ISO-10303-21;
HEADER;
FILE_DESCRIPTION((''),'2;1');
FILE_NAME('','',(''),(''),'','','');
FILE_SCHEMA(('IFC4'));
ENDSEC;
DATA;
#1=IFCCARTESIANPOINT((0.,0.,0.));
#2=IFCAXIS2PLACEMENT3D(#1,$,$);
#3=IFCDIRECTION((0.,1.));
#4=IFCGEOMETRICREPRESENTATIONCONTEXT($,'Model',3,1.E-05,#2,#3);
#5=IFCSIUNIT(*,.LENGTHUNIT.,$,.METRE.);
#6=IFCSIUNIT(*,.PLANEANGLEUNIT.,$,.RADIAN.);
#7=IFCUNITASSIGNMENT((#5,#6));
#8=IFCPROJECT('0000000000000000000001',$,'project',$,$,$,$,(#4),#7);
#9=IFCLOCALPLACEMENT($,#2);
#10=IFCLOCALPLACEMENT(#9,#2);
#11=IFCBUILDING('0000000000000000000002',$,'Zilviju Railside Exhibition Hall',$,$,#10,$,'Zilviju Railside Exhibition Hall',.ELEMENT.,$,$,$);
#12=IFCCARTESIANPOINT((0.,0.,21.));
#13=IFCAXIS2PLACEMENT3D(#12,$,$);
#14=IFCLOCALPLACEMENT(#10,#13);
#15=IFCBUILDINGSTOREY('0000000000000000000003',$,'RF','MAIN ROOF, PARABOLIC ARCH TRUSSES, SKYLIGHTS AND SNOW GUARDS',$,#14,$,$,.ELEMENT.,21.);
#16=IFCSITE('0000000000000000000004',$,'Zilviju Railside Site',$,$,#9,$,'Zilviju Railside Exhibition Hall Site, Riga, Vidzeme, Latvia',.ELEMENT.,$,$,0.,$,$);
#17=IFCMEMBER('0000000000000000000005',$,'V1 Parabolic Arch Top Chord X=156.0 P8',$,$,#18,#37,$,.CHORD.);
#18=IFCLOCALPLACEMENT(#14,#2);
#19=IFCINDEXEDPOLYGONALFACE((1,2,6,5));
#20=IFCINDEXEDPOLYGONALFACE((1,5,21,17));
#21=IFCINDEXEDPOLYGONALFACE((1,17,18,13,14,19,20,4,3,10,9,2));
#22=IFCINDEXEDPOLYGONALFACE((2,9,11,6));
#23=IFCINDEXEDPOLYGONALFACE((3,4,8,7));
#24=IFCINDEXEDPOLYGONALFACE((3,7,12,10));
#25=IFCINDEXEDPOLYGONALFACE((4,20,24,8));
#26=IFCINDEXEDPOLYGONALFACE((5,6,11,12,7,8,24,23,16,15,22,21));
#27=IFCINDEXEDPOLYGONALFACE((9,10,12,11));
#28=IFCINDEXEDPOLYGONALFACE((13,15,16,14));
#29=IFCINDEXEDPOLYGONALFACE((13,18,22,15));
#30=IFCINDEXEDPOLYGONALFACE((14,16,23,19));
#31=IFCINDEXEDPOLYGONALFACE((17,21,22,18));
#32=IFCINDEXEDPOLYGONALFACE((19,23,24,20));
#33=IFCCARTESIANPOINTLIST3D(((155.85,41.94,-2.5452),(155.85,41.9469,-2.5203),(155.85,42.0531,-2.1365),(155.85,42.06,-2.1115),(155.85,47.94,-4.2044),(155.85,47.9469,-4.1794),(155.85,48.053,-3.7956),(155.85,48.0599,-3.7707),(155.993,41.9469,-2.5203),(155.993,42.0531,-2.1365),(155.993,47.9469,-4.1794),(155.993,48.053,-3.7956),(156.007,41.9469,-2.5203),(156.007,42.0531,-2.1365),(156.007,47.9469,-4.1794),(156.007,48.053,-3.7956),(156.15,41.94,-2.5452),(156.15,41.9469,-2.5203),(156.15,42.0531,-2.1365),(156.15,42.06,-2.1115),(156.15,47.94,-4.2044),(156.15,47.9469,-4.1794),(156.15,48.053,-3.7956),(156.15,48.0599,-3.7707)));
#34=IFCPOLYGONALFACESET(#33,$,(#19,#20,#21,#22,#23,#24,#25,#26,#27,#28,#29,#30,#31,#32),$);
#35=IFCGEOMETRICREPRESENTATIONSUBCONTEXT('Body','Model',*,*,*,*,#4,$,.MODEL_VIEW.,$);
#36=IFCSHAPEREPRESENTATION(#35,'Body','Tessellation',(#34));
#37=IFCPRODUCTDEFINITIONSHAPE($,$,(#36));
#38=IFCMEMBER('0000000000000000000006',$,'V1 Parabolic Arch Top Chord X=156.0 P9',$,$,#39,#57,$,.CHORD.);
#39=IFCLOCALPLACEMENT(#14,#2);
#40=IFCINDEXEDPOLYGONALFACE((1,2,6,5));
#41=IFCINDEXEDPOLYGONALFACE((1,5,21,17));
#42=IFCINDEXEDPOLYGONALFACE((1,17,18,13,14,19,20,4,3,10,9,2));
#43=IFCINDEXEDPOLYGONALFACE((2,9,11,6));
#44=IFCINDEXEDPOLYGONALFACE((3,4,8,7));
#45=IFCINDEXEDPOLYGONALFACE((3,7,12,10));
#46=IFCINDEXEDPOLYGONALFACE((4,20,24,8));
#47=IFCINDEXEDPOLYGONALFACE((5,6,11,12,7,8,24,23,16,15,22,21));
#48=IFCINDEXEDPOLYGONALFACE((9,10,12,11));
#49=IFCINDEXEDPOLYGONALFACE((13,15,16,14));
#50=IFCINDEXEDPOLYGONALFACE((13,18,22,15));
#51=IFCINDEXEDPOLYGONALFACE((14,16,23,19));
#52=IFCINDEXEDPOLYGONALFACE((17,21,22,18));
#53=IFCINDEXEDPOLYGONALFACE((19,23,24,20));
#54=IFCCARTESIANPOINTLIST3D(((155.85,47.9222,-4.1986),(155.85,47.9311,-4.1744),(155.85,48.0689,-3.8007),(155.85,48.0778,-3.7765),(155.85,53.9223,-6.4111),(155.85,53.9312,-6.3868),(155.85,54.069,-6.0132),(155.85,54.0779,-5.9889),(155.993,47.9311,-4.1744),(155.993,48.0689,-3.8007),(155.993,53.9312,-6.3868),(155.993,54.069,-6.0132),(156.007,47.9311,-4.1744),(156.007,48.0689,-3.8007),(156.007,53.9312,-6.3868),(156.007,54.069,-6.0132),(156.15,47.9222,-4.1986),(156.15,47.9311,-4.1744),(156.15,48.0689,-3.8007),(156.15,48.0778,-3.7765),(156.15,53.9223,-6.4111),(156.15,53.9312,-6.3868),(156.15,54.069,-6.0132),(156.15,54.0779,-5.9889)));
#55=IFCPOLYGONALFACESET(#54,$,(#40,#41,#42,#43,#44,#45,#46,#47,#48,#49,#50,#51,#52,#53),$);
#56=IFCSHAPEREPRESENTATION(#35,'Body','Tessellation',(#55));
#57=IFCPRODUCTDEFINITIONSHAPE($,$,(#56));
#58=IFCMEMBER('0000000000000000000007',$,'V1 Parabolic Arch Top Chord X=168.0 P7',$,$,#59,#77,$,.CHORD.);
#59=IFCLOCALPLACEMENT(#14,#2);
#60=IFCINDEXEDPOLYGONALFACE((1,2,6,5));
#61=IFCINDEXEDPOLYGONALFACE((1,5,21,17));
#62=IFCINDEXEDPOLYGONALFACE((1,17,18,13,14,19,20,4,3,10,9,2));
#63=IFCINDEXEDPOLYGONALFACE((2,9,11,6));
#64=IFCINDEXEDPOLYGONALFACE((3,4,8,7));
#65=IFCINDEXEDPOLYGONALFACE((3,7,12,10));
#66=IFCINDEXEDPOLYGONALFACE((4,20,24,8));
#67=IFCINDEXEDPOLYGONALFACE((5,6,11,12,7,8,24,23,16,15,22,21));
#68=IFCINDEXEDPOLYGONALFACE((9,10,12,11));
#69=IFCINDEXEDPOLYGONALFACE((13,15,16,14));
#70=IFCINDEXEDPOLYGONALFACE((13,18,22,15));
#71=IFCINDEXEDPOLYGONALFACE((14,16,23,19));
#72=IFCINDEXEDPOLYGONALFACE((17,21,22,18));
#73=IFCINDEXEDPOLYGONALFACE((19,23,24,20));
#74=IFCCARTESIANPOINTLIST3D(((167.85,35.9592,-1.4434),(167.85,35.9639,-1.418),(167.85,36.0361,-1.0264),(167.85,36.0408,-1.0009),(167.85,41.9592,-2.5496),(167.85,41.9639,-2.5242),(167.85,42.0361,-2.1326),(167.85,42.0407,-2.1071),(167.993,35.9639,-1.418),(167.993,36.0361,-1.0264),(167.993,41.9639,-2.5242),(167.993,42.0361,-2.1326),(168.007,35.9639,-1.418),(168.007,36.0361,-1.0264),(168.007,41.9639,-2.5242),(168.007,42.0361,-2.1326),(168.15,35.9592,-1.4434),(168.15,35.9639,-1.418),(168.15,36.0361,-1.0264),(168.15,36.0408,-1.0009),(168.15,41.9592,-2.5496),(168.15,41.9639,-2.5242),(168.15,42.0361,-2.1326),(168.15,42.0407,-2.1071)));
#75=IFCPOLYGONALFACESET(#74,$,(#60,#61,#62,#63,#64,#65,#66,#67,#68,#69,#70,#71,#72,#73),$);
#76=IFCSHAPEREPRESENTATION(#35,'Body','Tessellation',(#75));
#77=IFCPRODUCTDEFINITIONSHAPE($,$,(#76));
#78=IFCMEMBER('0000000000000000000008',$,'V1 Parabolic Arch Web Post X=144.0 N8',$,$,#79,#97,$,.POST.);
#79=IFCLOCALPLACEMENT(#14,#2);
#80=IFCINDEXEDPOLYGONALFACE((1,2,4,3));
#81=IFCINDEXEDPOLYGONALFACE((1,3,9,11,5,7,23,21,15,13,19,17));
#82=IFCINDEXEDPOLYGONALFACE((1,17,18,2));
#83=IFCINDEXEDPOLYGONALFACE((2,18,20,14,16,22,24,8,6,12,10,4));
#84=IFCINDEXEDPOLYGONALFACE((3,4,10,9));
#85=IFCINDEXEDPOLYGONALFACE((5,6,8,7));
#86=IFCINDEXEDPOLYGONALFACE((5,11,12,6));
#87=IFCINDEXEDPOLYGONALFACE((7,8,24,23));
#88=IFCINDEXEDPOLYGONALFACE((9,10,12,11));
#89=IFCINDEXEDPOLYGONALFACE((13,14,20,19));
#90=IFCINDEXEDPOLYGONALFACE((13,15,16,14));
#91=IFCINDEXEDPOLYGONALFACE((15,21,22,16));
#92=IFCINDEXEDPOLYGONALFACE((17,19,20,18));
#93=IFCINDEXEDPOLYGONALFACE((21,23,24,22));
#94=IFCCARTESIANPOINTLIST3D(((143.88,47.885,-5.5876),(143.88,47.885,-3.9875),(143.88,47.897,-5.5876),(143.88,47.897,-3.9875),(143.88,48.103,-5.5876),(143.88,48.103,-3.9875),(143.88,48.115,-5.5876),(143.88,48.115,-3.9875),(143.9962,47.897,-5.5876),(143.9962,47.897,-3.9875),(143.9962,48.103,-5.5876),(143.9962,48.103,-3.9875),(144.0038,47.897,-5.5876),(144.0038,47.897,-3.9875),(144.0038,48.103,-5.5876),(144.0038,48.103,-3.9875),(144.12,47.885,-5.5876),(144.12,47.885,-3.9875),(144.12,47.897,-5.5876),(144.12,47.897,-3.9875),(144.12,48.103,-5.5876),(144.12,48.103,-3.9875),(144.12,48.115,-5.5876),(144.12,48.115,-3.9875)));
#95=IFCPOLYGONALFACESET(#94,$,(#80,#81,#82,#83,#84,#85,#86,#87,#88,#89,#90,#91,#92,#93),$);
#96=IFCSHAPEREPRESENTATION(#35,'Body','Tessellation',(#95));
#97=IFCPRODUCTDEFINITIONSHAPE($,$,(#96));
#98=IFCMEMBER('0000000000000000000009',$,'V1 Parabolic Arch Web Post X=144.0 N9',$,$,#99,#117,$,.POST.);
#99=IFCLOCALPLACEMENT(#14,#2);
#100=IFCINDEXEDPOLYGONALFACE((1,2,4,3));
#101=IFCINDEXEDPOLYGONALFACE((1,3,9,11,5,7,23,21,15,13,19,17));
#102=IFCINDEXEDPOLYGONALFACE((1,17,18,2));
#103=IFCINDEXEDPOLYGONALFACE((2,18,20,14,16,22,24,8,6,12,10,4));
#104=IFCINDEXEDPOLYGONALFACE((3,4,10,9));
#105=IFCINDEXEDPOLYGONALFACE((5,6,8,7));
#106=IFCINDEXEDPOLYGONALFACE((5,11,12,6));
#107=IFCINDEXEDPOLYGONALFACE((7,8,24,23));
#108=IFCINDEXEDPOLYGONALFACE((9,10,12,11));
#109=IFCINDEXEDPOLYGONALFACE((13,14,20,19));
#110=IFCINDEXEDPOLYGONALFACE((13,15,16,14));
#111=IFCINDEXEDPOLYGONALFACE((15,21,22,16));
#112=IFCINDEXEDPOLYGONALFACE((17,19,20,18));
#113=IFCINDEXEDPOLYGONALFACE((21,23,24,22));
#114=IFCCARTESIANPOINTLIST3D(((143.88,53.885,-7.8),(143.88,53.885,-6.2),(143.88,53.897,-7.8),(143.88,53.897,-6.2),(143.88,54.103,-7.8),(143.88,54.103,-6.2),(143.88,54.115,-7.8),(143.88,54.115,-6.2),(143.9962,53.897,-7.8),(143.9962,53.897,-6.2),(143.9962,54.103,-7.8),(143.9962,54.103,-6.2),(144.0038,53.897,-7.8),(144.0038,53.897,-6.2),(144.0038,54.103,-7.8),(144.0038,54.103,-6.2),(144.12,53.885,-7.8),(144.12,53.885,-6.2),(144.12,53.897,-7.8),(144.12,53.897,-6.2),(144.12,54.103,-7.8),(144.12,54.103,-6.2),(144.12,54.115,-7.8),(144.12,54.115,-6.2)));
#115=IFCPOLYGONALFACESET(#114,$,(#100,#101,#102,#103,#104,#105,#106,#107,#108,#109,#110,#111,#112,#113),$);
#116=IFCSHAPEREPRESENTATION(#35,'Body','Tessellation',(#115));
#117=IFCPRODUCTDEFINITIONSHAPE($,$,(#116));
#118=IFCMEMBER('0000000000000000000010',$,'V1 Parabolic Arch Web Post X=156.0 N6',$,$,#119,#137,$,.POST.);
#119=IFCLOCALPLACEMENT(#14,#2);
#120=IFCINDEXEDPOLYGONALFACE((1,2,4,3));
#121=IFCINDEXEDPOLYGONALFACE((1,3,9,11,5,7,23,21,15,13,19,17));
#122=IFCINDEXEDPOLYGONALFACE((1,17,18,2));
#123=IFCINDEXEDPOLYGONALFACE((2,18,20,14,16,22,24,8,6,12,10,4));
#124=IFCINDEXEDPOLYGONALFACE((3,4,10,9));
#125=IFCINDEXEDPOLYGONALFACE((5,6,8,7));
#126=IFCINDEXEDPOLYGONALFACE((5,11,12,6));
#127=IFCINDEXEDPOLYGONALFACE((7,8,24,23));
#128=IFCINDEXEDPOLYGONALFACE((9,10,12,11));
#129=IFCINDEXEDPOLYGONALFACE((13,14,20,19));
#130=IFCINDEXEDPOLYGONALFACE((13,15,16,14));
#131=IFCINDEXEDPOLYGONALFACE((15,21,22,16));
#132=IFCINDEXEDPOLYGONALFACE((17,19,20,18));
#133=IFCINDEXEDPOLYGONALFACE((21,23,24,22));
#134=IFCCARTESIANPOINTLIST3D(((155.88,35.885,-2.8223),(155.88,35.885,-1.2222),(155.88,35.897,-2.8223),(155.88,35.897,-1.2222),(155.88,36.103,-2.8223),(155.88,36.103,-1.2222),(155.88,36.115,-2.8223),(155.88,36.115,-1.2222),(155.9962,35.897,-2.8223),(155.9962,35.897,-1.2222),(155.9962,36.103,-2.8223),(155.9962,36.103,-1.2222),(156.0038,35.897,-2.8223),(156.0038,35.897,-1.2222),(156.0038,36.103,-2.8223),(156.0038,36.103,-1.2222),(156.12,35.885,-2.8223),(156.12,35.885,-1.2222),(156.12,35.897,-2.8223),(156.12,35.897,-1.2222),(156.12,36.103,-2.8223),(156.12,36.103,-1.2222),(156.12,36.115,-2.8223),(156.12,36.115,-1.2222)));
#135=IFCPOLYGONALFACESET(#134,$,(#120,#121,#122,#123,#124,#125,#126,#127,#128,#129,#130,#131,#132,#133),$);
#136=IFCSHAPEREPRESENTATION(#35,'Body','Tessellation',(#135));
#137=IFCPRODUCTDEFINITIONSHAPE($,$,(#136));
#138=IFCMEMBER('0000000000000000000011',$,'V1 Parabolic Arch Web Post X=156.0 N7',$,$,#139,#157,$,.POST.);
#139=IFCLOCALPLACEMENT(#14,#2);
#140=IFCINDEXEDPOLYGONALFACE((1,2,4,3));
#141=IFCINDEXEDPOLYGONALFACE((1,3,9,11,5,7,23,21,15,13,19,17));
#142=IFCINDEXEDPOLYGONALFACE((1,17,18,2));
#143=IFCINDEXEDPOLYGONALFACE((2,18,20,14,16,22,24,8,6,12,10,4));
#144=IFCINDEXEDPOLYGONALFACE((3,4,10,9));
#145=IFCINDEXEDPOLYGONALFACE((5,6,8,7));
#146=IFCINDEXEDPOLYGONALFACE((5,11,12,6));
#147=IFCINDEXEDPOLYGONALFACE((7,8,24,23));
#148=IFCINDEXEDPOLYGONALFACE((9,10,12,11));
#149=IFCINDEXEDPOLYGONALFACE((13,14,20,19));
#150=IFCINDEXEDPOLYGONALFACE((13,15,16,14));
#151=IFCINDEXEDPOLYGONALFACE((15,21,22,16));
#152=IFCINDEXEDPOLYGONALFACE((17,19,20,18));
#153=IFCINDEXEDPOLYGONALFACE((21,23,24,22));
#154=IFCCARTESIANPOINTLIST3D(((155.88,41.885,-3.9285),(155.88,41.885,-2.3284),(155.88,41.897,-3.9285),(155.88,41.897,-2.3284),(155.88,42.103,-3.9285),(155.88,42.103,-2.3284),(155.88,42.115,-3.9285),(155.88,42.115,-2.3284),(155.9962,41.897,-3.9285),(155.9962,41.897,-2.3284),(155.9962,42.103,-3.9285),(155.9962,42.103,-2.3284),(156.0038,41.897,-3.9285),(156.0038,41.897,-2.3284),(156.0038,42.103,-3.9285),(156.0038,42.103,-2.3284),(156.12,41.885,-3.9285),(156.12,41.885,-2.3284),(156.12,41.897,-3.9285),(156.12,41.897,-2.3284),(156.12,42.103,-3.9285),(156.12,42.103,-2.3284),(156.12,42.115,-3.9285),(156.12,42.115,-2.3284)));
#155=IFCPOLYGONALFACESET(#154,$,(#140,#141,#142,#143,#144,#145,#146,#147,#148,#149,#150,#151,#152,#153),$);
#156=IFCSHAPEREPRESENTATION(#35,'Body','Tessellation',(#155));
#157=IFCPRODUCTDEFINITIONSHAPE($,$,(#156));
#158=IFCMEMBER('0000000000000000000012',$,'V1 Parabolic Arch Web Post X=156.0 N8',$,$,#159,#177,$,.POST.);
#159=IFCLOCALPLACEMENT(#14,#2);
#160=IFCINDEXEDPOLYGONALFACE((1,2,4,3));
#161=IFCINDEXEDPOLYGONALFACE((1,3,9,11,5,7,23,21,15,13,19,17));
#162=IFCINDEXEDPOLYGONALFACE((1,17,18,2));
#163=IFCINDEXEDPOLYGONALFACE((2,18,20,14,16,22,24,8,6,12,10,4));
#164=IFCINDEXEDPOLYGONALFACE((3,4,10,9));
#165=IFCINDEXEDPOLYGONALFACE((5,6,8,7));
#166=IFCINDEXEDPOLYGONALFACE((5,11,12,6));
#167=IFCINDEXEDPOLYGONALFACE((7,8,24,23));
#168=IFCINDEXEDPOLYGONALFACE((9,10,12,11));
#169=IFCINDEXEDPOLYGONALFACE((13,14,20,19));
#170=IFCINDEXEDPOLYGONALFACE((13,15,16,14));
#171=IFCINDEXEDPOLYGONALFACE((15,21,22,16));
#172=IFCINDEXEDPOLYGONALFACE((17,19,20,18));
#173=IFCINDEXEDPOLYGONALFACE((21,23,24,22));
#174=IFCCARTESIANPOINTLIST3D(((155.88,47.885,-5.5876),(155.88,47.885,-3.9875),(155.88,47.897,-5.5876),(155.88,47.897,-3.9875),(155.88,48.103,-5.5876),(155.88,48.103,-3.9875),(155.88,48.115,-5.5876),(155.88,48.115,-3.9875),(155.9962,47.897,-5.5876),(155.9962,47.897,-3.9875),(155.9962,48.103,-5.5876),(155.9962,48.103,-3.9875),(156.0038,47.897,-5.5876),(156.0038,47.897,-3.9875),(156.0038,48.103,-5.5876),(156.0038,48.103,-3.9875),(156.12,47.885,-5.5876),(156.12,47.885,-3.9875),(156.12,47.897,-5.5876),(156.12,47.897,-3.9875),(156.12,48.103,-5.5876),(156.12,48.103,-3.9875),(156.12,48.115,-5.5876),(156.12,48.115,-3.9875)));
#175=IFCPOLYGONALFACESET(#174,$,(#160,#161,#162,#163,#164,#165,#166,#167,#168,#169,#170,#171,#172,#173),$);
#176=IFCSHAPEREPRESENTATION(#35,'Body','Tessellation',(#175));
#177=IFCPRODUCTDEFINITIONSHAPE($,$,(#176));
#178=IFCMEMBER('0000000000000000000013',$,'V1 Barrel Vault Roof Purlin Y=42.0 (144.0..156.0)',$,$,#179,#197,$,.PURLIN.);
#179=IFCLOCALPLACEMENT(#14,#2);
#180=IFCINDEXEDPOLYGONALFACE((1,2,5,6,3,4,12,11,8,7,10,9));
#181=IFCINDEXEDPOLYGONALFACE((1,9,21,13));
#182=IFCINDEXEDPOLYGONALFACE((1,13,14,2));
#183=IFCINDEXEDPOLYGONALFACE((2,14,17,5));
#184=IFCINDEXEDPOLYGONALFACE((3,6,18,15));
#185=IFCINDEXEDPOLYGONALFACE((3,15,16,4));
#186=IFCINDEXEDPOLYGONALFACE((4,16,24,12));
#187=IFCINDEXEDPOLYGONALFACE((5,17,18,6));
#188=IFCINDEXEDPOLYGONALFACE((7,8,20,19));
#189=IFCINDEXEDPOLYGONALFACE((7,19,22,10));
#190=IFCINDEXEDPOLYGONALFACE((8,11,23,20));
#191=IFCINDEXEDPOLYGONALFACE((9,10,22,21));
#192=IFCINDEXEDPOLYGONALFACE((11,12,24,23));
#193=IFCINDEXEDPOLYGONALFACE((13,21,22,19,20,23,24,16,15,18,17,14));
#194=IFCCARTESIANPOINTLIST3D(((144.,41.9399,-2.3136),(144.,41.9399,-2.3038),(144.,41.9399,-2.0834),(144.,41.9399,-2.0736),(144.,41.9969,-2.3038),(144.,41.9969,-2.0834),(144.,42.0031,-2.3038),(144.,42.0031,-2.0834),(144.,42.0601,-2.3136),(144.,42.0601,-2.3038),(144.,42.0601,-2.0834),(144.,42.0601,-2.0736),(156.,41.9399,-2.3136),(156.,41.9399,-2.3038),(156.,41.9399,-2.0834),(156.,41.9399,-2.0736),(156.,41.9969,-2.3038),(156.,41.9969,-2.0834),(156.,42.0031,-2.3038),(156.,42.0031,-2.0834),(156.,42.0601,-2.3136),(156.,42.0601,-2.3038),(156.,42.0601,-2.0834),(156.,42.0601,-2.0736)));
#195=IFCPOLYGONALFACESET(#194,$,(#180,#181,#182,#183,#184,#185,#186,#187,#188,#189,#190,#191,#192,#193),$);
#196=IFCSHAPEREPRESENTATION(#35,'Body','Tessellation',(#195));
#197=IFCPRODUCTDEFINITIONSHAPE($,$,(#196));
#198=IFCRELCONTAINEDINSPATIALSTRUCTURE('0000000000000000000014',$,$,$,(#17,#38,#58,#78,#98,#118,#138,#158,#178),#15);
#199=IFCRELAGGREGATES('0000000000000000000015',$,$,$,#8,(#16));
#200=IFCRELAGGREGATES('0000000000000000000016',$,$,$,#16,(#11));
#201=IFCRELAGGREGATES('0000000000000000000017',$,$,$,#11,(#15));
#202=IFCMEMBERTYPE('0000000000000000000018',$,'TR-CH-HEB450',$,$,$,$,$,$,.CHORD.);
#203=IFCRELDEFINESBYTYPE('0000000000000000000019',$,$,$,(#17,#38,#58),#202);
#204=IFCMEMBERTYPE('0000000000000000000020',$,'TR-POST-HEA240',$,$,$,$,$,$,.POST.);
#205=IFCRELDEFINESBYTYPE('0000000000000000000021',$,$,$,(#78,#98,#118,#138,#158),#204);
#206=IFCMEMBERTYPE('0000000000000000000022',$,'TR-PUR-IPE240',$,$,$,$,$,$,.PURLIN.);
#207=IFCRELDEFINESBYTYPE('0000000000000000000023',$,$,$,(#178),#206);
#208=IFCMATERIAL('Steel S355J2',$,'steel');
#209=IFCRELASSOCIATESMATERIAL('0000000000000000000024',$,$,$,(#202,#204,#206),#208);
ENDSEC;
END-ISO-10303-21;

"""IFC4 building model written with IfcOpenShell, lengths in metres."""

from ifc_helpers import new_model, si_unit, direction, frame, origin, origin_2d, place, context, subcontext, project, spatial, i_section, extrude, material, material_profile, profile_set, type_object, element, save


model = new_model("IFC4")

# Units and contexts
model_context = context("Model", 3, precision=1e-05, world=origin(), true_north=direction((0.0, 1.0)))
body_context = subcontext(model_context, "Body", "Model", "MODEL_VIEW")
ifc_project = project(units=[si_unit("LENGTHUNIT", "METRE"), si_unit("PLANEANGLEUNIT", "RADIAN")], contexts=[model_context])

# Site, building, storey
site_placement = place(None, origin())
site = spatial("IfcSite", under=ifc_project, at=site_placement, Name="Zilviju Railside Site", LongName="Zilviju Railside Exhibition Hall Site, Riga, Vidzeme, Latvia", CompositionType="ELEMENT", RefElevation=0.0)
building_placement = place(site_placement, origin())
building = spatial("IfcBuilding", under=site, at=building_placement, Name="Zilviju Railside Exhibition Hall", LongName="Zilviju Railside Exhibition Hall", CompositionType="ELEMENT")
storey_placement = place(building_placement, frame((0.0, 0.0, 21.0)))
storey = spatial("IfcBuildingStorey", under=building, at=storey_placement, Name="RF", Description="MAIN ROOF, PARABOLIC ARCH TRUSSES, SKYLIGHTS AND SNOW GUARDS", CompositionType="ELEMENT", Elevation=21.0)

# Members
ifc_material_1 = material(Name="Steel S355J2", Category="steel")
ifc_material_profile_1 = material_profile(ifc_material_1, i_section(OverallWidth=0.3, OverallDepth=0.45, WebThickness=0.0139, FlangeThickness=0.0259, at=origin_2d()), Name="HEB 450")
ifc_profile_set_1 = profile_set([ifc_material_profile_1], Name="Steel S355J2")
member_type_1 = type_object("IfcMemberType", Name="TR-CH-HEB450", PredefinedType="CHORD", material=ifc_profile_set_1)
member_1_placement = place(storey_placement, frame((156.0, 42.0, -2.3284), z_axis=(0.0, 0.963827, -0.266527), x_axis=(-1.0, 0.0, 0.0)))
element("IfcMember", 1, at=member_1_placement, inside=storey, type_object=member_type_1, Name="V1 Parabolic Arch Top Chord X=156.0 P8", PredefinedType="CHORD", context=body_context, shape_type="SweptSolid", body=[
    extrude(i_section(OverallWidth=0.3, OverallDepth=0.45, WebThickness=0.0139, FlangeThickness=0.0259, at=origin_2d()), origin(), (0.0, 0.0, 1.0), 6.2251),
])
member_2_placement = place(storey_placement, frame((156.0, 48.0, -3.9875), z_axis=(0.0, 0.938248, -0.345964), x_axis=(-1.0, 0.0, 0.0)))
element("IfcMember", 2, at=member_2_placement, inside=storey, type_object=member_type_1, Name="V1 Parabolic Arch Top Chord X=156.0 P9", PredefinedType="CHORD", context=body_context, shape_type="SweptSolid", body=[
    extrude(i_section(OverallWidth=0.3, OverallDepth=0.45, WebThickness=0.0139, FlangeThickness=0.0259, at=origin_2d()), origin(), (0.0, 0.0, 1.0), 6.395),
])
member_3_placement = place(storey_placement, frame((168.0, 36.0, -1.2222), z_axis=(0.0, 0.983426, -0.181311), x_axis=(-1.0, 0.0, 0.0)))
element("IfcMember", 3, at=member_3_placement, inside=storey, type_object=member_type_1, Name="V1 Parabolic Arch Top Chord X=168.0 P7", PredefinedType="CHORD", context=body_context, shape_type="SweptSolid", body=[
    extrude(i_section(OverallWidth=0.3, OverallDepth=0.45, WebThickness=0.0139, FlangeThickness=0.0259, at=origin_2d()), origin(), (0.0, 0.0, 1.0), 6.1011),
])
ifc_material_profile_2 = material_profile(ifc_material_1, i_section(OverallWidth=0.24, OverallDepth=0.23, WebThickness=0.0076, FlangeThickness=0.012, at=origin_2d()), Name="HEA 240")
ifc_profile_set_2 = profile_set([ifc_material_profile_2], Name="Steel S355J2")
member_type_2 = type_object("IfcMemberType", Name="TR-POST-HEA240", PredefinedType="POST", material=ifc_profile_set_2)
for number, where, z_axis, x_axis, name in (
    (4, (144.0, 48.0, -5.5876), (0.0, 0.0, 1.0), (1.0, 0.0, 0.0), "V1 Parabolic Arch Web Post X=144.0 N8"),
    (5, (144.0, 54.0, -7.8), (0.0, 0.0, 1.0), (1.0, 0.0, 0.0), "V1 Parabolic Arch Web Post X=144.0 N9"),
    (6, (156.0, 36.0, -2.8223), (0.0, 0.0, 1.0), (1.0, 0.0, 0.0), "V1 Parabolic Arch Web Post X=156.0 N6"),
    (7, (156.0, 42.0, -3.9285), (0.0, 0.0, 1.0), (1.0, 0.0, 0.0), "V1 Parabolic Arch Web Post X=156.0 N7"),
    (8, (156.0, 48.0, -5.5876), (0.0, 0.0, 1.0), (1.0, 0.0, 0.0), "V1 Parabolic Arch Web Post X=156.0 N8"),
):
    element("IfcMember", number, at=place(storey_placement, frame(where, z_axis=z_axis, x_axis=x_axis)), inside=storey, type_object=member_type_2, Name=name, PredefinedType="POST", context=body_context, shape_type="SweptSolid", body=[
        extrude(i_section(OverallWidth=0.24, OverallDepth=0.23, WebThickness=0.0076, FlangeThickness=0.012, at=origin_2d()), origin(), (0.0, 0.0, 1.0), 1.6001),
    ])
ifc_material_profile_3 = material_profile(ifc_material_1, i_section(OverallWidth=0.1201, OverallDepth=0.24, WebThickness=0.0061, FlangeThickness=0.0098, at=origin_2d()), Name="IPE 240")
ifc_profile_set_3 = profile_set([ifc_material_profile_3], Name="Steel S355J2")
member_type_3 = type_object("IfcMemberType", Name="TR-PUR-IPE240", PredefinedType="PURLIN", material=ifc_profile_set_3)
for number, where, z_axis, x_axis, name in (
    (9, (144.0, 42.0, -2.1936), (1.0, 0.0, 0.0), (0.0, 1.0, 0.0), "V1 Barrel Vault Roof Purlin Y=42.0 (144.0..156.0)"),
):
    element("IfcMember", number, at=place(storey_placement, frame(where, z_axis=z_axis, x_axis=x_axis)), inside=storey, type_object=member_type_3, Name=name, PredefinedType="PURLIN", context=body_context, shape_type="SweptSolid", body=[
        extrude(i_section(OverallWidth=0.1201, OverallDepth=0.24, WebThickness=0.0061, FlangeThickness=0.0098, at=origin_2d()), origin(), (0.0, 0.0, 1.0), 12.0),
    ])

save(model, "model.ifc")
